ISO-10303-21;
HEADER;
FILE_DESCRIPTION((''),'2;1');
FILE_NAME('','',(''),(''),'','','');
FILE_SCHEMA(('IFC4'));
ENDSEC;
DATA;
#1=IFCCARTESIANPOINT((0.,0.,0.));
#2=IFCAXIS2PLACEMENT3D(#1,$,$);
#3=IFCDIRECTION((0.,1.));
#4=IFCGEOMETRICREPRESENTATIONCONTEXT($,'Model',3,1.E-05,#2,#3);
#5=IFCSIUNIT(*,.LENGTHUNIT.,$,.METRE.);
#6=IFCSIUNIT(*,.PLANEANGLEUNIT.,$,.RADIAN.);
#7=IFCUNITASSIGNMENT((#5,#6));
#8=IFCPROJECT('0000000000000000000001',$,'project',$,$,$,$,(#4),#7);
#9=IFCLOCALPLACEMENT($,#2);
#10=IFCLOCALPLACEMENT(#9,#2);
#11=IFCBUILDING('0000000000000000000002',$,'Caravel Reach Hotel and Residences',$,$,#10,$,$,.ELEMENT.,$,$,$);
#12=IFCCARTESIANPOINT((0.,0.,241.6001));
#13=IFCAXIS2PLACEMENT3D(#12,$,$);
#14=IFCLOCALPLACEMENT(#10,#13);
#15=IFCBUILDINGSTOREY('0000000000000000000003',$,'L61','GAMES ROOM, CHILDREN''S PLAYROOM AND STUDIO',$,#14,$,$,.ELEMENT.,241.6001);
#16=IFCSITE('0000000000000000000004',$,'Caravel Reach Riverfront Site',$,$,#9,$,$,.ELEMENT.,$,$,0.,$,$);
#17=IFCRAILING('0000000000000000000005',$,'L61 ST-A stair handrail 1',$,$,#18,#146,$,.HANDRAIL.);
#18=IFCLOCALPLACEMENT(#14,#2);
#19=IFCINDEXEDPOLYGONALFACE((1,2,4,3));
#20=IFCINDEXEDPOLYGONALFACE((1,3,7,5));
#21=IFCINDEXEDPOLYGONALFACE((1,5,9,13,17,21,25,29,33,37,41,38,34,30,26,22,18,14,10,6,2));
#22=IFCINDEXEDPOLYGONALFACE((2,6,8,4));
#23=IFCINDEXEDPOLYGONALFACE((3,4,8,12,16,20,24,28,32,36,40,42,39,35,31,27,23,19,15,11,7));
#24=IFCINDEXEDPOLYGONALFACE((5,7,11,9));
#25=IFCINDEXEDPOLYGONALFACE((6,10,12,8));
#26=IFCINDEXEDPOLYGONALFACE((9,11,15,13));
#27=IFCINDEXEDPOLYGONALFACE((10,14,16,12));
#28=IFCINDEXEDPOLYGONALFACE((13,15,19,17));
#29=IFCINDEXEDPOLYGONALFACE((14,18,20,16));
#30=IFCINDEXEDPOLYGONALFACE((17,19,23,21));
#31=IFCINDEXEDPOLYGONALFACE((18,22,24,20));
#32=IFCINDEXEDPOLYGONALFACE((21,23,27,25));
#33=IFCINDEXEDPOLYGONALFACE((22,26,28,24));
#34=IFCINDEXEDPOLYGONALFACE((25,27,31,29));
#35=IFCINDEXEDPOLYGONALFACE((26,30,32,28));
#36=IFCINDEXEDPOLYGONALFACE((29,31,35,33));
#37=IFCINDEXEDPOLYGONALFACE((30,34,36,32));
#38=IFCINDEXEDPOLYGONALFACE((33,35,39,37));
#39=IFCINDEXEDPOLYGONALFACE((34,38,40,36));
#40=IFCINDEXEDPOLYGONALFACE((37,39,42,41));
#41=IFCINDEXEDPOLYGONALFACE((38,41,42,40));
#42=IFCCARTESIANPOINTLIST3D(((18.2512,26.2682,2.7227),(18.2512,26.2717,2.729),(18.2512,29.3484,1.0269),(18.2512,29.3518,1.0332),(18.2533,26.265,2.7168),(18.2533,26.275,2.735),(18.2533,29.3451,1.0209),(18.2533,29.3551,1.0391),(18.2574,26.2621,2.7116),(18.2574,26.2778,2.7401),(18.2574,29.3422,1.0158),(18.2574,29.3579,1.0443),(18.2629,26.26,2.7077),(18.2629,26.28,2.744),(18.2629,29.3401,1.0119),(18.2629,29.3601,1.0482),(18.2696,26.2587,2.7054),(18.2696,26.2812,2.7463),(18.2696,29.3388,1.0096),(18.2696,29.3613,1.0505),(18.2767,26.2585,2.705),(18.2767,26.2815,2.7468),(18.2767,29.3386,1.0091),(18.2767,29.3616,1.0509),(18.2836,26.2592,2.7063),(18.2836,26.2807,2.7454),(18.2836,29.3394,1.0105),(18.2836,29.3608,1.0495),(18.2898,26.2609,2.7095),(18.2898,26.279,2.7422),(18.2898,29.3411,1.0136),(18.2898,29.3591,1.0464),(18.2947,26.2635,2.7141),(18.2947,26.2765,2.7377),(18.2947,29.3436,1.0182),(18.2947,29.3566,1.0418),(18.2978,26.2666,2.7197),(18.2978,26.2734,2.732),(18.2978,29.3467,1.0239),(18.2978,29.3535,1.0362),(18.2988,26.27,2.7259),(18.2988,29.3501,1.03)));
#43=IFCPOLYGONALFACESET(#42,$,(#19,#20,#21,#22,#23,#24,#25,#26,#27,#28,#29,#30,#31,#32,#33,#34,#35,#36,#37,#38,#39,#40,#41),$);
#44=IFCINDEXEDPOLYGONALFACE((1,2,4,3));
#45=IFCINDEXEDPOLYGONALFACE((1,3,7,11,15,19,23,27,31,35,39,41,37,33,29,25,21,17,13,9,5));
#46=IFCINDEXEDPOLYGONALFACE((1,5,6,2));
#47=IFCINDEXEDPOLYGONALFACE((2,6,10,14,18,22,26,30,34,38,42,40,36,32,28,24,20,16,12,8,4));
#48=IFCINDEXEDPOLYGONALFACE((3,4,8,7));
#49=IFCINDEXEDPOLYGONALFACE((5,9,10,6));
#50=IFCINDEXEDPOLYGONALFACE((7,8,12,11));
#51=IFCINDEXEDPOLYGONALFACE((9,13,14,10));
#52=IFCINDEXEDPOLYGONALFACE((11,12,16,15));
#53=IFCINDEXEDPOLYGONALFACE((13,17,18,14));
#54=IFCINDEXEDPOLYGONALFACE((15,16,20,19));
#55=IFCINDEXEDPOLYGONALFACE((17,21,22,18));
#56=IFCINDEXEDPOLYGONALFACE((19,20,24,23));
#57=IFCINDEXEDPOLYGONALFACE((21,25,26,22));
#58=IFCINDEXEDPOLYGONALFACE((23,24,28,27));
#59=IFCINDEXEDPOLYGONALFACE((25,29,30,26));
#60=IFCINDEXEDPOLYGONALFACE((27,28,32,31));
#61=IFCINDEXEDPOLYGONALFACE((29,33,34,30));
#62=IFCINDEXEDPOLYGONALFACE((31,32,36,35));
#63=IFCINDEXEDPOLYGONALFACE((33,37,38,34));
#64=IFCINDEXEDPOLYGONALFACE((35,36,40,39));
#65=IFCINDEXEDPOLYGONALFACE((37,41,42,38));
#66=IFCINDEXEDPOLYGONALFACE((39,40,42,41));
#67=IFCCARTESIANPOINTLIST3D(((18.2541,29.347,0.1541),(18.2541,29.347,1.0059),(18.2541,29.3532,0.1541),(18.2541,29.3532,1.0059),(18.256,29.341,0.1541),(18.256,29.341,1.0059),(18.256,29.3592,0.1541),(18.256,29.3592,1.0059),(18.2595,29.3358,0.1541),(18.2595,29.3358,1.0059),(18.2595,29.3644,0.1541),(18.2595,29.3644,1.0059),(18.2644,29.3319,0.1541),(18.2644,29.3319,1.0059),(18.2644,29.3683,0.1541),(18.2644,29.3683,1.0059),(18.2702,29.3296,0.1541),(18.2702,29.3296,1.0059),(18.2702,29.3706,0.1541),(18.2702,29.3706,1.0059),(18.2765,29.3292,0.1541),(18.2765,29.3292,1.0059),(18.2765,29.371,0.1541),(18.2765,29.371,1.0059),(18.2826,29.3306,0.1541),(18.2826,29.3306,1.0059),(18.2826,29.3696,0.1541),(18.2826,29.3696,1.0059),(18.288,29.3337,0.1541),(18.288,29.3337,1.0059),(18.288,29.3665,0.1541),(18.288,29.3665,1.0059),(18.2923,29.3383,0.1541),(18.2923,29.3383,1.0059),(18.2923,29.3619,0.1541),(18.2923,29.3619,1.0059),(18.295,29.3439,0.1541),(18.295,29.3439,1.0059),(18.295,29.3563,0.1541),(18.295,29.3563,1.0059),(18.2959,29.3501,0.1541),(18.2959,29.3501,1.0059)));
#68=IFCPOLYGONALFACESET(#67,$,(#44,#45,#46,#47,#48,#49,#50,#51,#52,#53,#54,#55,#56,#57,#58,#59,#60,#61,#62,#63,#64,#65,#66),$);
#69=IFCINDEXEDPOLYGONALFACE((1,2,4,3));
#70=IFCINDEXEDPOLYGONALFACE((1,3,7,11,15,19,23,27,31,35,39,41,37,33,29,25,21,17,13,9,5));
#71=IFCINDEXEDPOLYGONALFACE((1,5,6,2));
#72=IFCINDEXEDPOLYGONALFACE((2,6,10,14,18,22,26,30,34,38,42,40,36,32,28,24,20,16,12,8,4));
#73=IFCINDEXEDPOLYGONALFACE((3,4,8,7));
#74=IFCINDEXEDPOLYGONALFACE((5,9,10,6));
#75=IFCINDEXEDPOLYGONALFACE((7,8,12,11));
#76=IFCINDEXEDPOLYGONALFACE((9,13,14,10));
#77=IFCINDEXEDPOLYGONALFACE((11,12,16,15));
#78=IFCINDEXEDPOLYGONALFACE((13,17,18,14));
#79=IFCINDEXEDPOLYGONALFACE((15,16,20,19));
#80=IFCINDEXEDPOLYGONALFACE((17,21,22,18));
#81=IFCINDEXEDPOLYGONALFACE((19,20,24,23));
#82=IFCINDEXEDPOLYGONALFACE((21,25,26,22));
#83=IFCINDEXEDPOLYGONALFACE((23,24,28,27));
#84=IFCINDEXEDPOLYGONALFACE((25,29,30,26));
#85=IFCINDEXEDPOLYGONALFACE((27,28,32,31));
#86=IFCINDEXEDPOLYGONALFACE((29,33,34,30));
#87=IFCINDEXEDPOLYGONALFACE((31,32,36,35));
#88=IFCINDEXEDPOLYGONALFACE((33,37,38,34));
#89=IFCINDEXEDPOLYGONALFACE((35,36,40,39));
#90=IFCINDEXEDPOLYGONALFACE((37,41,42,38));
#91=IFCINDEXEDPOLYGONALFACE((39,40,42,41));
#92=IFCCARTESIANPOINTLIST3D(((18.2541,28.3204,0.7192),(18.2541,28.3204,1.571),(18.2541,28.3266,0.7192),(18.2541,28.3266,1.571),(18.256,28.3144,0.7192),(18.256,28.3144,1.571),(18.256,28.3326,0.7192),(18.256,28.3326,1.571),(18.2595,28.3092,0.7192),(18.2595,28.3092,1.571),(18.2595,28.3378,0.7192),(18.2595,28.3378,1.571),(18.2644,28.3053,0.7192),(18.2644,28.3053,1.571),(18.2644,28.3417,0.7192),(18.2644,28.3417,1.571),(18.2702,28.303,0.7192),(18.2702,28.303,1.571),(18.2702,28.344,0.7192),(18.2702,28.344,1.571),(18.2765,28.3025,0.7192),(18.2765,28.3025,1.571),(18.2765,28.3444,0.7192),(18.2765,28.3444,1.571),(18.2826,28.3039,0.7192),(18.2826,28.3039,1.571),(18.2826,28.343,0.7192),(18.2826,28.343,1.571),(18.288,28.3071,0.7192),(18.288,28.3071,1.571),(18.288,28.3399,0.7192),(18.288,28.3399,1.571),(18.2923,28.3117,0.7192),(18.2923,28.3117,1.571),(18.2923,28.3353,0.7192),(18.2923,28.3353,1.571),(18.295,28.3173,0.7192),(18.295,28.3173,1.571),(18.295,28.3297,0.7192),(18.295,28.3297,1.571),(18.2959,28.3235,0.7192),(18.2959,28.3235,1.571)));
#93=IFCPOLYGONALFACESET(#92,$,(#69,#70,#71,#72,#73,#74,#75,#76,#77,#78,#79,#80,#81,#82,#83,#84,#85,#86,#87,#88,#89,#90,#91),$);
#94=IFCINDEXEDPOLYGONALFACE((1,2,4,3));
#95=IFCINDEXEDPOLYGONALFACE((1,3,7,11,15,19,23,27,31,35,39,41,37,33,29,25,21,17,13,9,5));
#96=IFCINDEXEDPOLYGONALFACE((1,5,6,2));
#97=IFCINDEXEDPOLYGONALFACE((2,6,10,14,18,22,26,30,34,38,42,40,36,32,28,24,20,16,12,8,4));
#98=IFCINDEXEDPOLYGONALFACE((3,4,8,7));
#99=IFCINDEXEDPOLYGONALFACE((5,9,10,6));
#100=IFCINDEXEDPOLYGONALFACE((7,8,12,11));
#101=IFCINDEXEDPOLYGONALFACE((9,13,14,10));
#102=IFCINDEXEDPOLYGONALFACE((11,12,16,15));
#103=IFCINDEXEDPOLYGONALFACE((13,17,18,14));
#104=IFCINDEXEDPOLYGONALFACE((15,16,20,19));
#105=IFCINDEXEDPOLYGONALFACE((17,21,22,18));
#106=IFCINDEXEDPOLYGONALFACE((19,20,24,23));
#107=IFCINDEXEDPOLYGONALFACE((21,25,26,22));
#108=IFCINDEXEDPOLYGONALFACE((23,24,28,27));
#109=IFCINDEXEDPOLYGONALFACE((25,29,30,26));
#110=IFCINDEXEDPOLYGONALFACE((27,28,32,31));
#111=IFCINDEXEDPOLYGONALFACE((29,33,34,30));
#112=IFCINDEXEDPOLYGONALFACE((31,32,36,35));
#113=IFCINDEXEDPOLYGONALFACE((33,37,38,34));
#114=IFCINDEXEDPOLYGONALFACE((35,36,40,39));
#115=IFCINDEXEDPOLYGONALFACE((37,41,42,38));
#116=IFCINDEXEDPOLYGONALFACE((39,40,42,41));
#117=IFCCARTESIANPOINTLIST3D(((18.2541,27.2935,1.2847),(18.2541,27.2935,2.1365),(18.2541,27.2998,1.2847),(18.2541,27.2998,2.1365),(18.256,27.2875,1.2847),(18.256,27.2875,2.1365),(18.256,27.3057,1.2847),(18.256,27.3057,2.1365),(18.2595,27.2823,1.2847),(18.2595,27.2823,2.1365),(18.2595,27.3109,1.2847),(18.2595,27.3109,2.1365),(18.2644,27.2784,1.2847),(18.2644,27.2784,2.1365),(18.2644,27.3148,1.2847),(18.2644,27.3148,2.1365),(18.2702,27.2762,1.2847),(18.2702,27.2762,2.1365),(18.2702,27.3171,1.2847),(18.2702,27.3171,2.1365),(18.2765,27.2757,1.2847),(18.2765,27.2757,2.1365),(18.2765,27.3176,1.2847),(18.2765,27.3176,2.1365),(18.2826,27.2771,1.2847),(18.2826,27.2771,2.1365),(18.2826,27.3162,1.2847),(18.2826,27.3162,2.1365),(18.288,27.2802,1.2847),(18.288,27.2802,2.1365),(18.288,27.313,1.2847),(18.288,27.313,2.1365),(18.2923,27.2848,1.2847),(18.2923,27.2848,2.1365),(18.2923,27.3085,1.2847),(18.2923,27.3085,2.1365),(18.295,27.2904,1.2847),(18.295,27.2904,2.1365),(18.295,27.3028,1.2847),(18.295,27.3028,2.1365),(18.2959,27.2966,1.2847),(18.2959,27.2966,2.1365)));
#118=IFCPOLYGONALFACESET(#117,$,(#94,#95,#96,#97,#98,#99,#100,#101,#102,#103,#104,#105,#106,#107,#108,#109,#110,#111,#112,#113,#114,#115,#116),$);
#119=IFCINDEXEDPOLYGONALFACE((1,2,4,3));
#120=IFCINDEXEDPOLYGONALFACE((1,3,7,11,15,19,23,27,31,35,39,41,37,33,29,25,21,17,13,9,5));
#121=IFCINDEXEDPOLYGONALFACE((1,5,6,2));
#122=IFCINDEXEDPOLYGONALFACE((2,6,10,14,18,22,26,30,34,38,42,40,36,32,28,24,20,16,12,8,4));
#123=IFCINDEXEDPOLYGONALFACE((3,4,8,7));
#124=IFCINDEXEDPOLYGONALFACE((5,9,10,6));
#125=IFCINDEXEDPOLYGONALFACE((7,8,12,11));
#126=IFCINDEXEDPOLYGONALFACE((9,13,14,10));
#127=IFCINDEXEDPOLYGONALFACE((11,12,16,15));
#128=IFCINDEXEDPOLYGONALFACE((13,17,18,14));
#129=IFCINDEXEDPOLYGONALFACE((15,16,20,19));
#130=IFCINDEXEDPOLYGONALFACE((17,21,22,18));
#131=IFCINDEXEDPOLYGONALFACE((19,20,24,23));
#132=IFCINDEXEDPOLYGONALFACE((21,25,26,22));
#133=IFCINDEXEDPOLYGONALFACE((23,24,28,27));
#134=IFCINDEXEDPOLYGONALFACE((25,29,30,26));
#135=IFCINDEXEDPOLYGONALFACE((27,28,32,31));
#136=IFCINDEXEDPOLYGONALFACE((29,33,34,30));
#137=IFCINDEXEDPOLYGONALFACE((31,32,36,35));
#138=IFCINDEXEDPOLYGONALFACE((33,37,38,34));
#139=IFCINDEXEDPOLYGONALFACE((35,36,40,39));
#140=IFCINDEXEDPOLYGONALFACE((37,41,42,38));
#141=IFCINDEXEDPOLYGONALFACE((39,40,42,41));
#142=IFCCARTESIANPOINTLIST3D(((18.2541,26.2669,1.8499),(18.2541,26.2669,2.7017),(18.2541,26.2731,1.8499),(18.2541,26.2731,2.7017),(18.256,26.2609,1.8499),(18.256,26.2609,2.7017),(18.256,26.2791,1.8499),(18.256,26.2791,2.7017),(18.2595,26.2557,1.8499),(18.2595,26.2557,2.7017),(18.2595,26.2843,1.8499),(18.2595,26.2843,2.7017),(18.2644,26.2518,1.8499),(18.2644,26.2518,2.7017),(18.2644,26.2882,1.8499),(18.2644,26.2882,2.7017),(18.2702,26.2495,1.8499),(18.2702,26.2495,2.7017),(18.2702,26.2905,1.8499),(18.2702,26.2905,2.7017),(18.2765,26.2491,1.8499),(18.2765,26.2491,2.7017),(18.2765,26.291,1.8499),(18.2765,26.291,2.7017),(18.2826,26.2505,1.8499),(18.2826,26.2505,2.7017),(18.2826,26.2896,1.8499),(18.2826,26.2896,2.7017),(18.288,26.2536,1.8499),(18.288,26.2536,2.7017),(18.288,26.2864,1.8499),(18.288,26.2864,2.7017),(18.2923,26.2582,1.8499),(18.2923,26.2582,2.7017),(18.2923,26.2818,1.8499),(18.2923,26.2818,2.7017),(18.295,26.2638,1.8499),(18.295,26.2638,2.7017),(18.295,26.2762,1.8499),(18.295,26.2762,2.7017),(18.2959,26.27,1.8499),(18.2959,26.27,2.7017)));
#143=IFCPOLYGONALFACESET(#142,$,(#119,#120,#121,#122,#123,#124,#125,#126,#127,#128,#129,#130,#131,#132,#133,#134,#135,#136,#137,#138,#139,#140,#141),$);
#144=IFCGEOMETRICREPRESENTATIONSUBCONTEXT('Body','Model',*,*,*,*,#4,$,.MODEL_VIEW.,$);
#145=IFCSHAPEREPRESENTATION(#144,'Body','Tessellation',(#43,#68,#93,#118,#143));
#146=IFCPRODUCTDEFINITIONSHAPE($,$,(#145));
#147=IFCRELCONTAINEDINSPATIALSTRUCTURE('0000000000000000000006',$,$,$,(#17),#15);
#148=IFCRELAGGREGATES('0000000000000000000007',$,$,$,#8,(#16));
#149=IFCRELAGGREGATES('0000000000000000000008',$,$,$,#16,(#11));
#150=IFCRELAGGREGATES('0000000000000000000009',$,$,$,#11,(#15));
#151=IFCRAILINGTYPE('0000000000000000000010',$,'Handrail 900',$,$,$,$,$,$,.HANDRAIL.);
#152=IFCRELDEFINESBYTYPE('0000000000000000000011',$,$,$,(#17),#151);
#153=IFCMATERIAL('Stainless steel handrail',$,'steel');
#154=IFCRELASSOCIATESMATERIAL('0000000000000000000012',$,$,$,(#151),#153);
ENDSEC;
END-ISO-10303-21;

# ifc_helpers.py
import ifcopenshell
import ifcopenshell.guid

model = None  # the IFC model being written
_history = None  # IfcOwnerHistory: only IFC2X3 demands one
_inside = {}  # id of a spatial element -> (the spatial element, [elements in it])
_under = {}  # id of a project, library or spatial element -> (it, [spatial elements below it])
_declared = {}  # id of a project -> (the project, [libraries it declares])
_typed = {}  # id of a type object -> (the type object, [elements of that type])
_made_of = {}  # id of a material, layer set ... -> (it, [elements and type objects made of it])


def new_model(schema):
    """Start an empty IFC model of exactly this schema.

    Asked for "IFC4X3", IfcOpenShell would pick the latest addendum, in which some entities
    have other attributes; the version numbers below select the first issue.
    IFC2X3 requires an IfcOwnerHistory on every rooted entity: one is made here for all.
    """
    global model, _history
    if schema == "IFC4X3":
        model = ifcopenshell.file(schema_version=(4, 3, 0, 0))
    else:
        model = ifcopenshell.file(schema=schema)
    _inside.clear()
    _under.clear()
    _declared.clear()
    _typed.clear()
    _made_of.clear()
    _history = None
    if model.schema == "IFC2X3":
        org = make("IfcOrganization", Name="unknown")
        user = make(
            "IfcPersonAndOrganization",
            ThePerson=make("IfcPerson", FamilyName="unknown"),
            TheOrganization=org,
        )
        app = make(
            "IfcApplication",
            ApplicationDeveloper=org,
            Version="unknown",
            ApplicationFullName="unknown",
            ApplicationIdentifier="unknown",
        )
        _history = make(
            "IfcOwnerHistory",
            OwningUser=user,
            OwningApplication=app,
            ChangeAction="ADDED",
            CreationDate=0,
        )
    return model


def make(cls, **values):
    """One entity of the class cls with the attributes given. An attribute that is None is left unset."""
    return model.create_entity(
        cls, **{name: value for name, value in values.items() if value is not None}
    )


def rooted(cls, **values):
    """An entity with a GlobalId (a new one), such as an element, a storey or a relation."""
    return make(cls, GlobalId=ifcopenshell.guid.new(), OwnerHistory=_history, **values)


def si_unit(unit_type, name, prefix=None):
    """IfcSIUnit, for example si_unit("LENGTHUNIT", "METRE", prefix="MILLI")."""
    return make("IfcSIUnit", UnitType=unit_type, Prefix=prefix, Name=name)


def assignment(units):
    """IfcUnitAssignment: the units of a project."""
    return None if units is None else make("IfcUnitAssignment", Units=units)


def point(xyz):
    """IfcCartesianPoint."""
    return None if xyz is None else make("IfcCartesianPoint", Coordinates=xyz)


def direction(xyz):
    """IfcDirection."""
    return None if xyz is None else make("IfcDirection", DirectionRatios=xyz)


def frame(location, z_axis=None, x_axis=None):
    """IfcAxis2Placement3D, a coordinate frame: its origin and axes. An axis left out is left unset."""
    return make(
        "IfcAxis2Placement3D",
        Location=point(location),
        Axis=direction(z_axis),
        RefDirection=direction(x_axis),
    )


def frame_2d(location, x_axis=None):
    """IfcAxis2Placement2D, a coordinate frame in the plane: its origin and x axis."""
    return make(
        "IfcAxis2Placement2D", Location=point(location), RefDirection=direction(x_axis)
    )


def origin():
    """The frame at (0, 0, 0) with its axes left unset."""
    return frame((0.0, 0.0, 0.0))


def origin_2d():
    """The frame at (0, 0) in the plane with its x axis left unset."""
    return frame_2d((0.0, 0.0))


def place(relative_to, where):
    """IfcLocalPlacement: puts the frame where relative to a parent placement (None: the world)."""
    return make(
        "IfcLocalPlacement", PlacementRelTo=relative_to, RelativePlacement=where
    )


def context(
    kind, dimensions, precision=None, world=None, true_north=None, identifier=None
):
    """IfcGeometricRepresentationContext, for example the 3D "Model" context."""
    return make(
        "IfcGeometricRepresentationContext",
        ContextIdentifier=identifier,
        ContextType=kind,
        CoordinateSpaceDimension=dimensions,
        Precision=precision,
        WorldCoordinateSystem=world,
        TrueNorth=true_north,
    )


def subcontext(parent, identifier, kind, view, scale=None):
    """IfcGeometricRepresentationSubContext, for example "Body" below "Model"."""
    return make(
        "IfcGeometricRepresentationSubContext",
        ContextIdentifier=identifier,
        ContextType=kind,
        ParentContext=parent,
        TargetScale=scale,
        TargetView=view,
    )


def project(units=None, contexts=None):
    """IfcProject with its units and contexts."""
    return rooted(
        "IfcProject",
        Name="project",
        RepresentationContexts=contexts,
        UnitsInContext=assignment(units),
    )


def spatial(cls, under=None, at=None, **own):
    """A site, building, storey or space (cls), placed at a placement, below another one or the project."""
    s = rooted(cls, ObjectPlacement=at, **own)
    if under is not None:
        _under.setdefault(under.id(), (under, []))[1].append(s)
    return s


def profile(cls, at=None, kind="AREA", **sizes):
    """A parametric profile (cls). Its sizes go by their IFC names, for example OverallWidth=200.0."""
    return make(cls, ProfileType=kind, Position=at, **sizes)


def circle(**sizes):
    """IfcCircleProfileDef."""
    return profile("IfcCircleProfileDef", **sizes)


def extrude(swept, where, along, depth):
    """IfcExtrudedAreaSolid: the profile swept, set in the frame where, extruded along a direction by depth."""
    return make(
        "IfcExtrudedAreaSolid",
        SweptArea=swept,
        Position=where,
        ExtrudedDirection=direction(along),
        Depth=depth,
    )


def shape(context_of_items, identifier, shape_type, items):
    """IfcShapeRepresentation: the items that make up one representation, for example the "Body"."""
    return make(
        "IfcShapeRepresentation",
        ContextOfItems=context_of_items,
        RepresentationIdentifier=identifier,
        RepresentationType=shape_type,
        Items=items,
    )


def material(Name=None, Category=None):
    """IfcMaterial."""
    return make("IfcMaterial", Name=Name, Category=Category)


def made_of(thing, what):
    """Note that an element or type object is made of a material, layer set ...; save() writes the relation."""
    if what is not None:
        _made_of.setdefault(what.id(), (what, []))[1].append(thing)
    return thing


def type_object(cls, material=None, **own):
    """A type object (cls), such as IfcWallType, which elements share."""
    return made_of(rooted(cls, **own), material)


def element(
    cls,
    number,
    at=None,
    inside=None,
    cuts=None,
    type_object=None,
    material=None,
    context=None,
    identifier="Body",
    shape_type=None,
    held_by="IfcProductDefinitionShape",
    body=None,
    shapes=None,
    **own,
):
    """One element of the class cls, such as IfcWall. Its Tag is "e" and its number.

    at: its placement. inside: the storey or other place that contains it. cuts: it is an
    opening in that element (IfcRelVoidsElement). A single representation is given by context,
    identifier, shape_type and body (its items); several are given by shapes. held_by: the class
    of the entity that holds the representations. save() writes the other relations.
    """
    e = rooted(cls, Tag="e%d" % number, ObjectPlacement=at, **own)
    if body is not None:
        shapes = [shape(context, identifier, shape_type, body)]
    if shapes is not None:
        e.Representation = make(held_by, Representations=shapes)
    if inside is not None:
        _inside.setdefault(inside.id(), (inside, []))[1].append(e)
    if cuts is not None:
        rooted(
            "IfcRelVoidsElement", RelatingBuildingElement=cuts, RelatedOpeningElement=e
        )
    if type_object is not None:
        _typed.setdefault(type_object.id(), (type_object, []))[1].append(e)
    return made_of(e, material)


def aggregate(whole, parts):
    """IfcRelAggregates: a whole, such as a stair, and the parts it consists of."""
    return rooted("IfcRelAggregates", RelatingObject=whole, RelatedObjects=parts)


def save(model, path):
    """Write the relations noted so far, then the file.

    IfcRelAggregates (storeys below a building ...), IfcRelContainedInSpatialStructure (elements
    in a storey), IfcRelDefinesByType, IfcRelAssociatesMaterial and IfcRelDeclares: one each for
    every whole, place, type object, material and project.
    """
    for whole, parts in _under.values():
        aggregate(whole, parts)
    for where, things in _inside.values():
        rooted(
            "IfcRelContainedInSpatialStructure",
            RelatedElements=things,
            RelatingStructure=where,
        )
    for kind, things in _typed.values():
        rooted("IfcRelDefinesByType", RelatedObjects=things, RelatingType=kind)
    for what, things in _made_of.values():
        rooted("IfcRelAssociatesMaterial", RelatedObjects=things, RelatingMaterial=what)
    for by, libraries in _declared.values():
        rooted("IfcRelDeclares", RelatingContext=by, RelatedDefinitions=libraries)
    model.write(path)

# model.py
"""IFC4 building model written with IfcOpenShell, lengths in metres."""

from ifc_helpers import new_model, si_unit, direction, frame, origin, origin_2d, place, context, subcontext, project, spatial, circle, extrude, material, type_object, element, save


model = new_model("IFC4")

# Units and contexts
model_context = context("Model", 3, precision=1e-05, world=origin(), true_north=direction((0.0, 1.0)))
body_context = subcontext(model_context, "Body", "Model", "MODEL_VIEW")
ifc_project = project(units=[si_unit("LENGTHUNIT", "METRE"), si_unit("PLANEANGLEUNIT", "RADIAN")], contexts=[model_context])

# Site, building, storey
site_placement = place(None, origin())
site = spatial("IfcSite", under=ifc_project, at=site_placement, Name="Caravel Reach Riverfront Site", CompositionType="ELEMENT", RefElevation=0.0)
building_placement = place(site_placement, origin())
building = spatial("IfcBuilding", under=site, at=building_placement, Name="Caravel Reach Hotel and Residences", CompositionType="ELEMENT")
storey_placement = place(building_placement, frame((0.0, 0.0, 241.6001)))
storey = spatial("IfcBuildingStorey", under=building, at=storey_placement, Name="L61", Description="GAMES ROOM, CHILDREN'S PLAYROOM AND STUDIO", CompositionType="ELEMENT", Elevation=241.6001)

# Railing
ifc_material_1 = material(Name="Stainless steel handrail", Category="steel")
railing_type_1 = type_object("IfcRailingType", Name="Handrail 900", PredefinedType="HANDRAIL", material=ifc_material_1)
railing_1_placement = place(storey_placement, frame((18.2749, 29.3501, 0.1541)))
element("IfcRailing", 1, at=railing_1_placement, inside=storey, type_object=railing_type_1, Name="L61 ST-A stair handrail 1", PredefinedType="HANDRAIL", context=body_context, shape_type="SweptSolid", body=[
    extrude(circle(Radius=0.0239, at=origin_2d()), frame((0.0, 0.0, 0.876), z_axis=(0.0, -0.876005, 0.482303), x_axis=(1.0, 0.0, 0.0)), (0.0, 0.0, 1.0), 3.5161),
    extrude(circle(Radius=0.021, at=origin_2d()), origin(), (0.0, 0.0, 1.0), 0.8518),
    extrude(circle(Radius=0.021, at=origin_2d()), frame((0.0, -1.0266, 0.5652)), (0.0, 0.0, 1.0), 0.8518),
    extrude(circle(Radius=0.021, at=origin_2d()), frame((0.0, -2.0535, 1.1306)), (0.0, 0.0, 1.0), 0.8518),
    extrude(circle(Radius=0.021, at=origin_2d()), frame((0.0, -3.0801, 1.6958)), (0.0, 0.0, 1.0), 0.8518),
])

save(model, "model.ifc")
